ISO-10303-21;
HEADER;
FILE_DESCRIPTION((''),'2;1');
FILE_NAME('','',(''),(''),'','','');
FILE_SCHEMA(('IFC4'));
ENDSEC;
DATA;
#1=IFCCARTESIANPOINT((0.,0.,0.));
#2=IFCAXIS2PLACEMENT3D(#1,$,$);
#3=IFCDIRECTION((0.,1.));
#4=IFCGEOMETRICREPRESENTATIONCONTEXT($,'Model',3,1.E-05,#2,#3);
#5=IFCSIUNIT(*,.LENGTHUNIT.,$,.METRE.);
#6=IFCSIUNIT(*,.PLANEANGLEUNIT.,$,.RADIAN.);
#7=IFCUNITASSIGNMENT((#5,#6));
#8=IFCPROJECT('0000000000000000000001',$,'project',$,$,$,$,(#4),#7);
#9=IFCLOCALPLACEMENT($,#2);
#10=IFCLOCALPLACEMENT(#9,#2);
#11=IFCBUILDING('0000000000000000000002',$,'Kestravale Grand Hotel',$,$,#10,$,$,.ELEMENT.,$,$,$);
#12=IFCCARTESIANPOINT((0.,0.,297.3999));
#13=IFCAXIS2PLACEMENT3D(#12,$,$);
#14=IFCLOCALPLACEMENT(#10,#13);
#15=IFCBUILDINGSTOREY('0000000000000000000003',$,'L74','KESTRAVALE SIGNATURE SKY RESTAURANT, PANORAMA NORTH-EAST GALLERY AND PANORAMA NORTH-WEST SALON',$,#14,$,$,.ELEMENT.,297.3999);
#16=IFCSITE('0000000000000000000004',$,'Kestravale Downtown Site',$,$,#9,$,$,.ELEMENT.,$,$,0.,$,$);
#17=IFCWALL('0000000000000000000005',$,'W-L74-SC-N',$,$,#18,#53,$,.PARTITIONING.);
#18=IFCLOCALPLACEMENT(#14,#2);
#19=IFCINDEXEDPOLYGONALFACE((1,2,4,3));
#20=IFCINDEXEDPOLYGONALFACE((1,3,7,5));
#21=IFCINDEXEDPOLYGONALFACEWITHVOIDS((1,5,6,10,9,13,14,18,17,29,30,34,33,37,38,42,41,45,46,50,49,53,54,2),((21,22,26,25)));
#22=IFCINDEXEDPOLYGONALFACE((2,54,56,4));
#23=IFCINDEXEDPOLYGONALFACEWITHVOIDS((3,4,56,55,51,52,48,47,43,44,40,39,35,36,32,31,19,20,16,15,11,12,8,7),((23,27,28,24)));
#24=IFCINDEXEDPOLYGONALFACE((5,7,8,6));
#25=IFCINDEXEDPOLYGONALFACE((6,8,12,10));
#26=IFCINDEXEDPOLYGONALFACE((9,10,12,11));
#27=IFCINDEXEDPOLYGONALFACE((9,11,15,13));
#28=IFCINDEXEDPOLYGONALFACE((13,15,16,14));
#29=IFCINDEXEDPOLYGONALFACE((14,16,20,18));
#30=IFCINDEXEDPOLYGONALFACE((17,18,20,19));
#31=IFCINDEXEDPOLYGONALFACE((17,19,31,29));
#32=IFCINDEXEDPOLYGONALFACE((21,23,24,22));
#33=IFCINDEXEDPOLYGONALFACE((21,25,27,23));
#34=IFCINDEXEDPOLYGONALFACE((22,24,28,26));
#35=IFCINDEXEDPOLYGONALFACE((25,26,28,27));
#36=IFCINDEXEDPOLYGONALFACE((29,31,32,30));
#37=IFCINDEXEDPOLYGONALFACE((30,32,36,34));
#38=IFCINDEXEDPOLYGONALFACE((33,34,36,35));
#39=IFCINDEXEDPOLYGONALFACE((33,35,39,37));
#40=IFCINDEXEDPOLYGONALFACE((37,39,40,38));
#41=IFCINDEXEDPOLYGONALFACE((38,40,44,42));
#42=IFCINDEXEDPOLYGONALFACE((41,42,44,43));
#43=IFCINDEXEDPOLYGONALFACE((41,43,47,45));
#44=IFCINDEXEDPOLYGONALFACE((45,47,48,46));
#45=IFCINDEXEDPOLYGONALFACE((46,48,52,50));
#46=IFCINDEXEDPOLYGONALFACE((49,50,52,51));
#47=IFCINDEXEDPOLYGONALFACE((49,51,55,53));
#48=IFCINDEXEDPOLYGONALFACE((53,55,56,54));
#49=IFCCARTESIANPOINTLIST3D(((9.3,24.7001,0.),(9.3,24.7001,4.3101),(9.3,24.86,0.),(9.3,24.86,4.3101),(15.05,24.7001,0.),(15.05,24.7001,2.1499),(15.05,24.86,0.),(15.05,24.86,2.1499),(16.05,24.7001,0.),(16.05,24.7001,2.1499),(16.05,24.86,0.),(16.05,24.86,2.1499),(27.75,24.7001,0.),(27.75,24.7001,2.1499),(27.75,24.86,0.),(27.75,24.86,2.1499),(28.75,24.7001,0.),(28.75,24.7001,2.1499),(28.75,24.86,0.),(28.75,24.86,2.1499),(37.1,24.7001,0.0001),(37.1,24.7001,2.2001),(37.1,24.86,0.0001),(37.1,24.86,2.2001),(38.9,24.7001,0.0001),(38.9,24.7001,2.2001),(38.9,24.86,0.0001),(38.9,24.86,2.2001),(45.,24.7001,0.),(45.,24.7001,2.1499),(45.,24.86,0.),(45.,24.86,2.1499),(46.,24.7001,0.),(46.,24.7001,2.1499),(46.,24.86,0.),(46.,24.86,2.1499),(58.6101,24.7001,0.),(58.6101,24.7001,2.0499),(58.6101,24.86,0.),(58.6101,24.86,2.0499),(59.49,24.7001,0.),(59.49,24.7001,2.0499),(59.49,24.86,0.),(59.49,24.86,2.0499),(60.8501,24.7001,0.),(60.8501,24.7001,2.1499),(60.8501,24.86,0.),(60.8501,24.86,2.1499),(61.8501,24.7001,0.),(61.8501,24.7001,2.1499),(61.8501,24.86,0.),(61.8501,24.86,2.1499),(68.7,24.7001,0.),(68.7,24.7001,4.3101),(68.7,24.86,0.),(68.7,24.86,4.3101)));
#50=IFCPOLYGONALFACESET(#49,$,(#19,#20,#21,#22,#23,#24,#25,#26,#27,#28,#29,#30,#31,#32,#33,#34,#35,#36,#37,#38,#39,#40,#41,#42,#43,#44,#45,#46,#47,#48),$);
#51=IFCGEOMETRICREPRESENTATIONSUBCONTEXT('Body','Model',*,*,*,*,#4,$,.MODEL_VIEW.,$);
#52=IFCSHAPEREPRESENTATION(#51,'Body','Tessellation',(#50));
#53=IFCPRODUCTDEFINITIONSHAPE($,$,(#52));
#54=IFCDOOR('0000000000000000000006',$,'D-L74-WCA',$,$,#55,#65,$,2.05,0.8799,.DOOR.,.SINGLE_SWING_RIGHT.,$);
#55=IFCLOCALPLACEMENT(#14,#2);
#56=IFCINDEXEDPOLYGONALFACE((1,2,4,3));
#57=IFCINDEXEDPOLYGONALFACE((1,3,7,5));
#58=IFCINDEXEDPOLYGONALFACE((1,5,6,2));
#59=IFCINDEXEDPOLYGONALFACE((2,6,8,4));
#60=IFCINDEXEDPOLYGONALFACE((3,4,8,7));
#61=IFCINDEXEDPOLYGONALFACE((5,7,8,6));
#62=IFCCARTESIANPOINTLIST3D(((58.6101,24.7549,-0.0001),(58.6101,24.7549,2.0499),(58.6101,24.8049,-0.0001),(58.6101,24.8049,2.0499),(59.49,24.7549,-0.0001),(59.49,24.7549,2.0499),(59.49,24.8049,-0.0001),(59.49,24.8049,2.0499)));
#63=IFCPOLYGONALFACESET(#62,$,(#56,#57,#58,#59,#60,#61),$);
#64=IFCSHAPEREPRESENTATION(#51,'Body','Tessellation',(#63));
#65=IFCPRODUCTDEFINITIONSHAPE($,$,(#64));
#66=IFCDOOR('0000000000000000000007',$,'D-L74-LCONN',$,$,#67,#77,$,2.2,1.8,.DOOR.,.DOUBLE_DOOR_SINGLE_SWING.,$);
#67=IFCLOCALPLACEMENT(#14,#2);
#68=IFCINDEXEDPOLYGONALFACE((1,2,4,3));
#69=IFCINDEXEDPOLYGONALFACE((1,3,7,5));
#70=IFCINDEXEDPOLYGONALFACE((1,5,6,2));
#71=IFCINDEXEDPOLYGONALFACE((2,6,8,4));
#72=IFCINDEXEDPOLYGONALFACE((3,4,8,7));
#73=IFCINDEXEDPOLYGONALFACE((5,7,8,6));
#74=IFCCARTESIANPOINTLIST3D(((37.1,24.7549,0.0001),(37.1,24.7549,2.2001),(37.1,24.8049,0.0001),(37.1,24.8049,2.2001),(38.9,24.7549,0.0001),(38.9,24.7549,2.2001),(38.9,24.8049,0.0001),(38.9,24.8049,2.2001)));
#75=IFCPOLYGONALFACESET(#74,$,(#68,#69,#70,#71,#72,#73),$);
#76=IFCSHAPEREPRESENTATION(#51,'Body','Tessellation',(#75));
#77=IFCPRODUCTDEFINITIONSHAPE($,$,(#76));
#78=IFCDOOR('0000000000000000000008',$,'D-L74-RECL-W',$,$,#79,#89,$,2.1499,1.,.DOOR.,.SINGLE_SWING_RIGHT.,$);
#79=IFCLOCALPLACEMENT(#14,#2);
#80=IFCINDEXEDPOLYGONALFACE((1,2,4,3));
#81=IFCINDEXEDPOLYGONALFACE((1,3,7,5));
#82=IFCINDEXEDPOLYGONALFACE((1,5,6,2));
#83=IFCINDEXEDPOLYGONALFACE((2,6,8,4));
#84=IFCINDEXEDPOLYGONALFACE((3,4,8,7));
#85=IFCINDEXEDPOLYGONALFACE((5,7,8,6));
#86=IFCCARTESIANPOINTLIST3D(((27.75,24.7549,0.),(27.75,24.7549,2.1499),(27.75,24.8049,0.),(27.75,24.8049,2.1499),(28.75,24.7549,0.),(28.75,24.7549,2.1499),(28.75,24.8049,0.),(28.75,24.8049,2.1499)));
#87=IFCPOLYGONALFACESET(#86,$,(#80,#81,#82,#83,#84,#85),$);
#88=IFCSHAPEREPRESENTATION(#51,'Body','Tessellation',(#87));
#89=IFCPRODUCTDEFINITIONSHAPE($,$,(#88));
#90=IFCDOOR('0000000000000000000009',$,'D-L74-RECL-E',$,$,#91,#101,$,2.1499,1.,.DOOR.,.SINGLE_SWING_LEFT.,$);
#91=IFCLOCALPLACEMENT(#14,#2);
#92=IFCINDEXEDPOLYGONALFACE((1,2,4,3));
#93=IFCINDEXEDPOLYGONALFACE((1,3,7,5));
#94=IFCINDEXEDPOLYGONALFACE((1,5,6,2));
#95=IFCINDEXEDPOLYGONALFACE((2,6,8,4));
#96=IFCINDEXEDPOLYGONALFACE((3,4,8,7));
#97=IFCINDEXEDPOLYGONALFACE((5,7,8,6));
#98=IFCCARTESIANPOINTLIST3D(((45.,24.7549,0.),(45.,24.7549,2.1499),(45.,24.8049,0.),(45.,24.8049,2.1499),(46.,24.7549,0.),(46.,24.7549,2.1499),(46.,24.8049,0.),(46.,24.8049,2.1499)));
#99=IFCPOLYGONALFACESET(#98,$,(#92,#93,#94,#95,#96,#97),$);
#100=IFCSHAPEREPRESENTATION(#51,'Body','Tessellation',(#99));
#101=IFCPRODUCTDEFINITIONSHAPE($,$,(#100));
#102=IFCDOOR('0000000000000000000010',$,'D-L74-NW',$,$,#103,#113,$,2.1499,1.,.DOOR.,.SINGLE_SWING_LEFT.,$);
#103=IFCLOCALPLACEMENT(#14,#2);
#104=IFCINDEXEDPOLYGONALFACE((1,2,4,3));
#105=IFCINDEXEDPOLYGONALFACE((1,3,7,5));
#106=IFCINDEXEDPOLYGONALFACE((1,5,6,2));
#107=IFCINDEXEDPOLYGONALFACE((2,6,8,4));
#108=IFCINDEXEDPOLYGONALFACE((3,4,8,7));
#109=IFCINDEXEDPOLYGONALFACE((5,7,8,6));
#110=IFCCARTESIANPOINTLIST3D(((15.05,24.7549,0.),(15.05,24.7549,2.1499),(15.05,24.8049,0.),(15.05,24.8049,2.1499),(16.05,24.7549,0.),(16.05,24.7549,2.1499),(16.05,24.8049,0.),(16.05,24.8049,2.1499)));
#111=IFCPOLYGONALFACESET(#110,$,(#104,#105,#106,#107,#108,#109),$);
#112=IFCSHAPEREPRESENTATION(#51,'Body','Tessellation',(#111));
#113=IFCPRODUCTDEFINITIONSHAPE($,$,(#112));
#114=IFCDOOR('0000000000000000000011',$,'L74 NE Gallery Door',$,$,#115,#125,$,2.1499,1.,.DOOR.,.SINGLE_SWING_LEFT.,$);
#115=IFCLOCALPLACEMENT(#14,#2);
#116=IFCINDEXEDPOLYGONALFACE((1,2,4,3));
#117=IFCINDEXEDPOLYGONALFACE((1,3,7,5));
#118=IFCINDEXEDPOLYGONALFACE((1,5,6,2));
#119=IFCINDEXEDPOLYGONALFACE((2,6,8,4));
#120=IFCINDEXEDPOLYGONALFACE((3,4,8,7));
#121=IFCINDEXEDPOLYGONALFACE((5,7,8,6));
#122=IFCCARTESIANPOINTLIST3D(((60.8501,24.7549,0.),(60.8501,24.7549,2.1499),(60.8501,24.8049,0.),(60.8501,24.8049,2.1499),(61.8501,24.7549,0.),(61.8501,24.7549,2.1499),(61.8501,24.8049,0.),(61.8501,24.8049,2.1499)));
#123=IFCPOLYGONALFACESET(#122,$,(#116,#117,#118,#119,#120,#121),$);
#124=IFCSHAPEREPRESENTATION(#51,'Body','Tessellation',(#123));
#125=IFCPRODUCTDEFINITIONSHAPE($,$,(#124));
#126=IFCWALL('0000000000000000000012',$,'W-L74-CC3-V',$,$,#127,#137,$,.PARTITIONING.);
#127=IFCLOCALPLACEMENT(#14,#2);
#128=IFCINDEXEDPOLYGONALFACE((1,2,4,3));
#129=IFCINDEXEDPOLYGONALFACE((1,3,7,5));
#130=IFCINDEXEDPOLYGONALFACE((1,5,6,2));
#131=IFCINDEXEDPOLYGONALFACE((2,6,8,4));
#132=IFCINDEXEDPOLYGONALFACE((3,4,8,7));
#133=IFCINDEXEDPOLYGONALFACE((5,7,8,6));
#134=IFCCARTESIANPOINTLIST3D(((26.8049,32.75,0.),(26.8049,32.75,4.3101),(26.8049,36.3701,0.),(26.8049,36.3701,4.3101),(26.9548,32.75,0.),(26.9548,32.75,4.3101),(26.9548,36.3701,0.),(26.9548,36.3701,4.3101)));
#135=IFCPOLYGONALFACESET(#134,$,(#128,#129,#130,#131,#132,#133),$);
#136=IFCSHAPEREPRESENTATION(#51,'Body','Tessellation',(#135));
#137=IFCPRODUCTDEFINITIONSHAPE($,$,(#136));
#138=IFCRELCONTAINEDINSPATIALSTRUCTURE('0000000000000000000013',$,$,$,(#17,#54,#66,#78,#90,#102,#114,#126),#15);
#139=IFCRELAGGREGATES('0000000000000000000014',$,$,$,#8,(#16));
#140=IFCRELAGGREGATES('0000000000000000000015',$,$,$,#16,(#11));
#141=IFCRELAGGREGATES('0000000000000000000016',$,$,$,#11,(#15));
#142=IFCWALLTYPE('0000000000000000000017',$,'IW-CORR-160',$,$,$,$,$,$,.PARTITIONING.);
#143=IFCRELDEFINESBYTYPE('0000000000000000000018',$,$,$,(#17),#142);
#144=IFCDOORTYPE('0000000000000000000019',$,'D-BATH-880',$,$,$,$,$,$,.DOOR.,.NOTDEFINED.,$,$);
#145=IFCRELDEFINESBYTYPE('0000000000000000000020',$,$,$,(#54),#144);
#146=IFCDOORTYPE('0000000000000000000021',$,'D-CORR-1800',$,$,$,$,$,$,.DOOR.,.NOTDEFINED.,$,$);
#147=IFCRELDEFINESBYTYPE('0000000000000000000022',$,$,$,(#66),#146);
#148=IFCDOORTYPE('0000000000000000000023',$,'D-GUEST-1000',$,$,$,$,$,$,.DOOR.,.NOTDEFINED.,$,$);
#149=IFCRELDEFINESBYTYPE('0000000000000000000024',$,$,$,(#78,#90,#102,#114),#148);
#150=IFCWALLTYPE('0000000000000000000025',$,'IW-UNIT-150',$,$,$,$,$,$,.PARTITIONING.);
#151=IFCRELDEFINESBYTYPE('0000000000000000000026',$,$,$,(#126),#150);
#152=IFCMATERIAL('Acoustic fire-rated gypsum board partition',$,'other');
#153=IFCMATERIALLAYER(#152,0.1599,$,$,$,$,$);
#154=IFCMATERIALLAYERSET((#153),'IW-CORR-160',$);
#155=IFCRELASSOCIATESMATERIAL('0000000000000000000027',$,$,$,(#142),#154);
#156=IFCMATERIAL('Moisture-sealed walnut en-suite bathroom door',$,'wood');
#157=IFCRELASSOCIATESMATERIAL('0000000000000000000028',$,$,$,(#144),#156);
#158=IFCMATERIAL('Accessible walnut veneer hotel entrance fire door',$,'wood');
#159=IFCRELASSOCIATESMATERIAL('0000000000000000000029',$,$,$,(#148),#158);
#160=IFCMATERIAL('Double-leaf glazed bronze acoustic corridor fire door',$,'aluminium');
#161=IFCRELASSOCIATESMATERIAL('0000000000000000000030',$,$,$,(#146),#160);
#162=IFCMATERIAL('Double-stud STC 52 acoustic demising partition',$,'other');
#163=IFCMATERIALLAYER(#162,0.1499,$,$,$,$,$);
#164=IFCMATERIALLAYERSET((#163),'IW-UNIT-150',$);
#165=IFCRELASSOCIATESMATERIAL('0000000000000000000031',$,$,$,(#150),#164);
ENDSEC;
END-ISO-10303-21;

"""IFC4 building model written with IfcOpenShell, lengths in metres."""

from ifc_helpers import new_model, si_unit, direction, frame, frame_2d, origin, place, context, subcontext, project, spatial, rectangle, extrude, material, layer, layer_set, type_object, element, fill, save


model = new_model("IFC4")

# Units and contexts
model_context = context("Model", 3, precision=1e-05, world=origin(), true_north=direction((0.0, 1.0)))
body_context = subcontext(model_context, "Body", "Model", "MODEL_VIEW")
ifc_project = project(units=[si_unit("LENGTHUNIT", "METRE"), si_unit("PLANEANGLEUNIT", "RADIAN")], contexts=[model_context])

# Site, building, storey
site_placement = place(None, origin())
site = spatial("IfcSite", under=ifc_project, at=site_placement, Name="Kestravale Downtown Site", CompositionType="ELEMENT", RefElevation=0.0)
building_placement = place(site_placement, origin())
building = spatial("IfcBuilding", under=site, at=building_placement, Name="Kestravale Grand Hotel", CompositionType="ELEMENT")
storey_placement = place(building_placement, frame((0.0, 0.0, 297.3999)))
storey = spatial("IfcBuildingStorey", under=building, at=storey_placement, Name="L74", Description="KESTRAVALE SIGNATURE SKY RESTAURANT, PANORAMA NORTH-EAST GALLERY AND PANORAMA NORTH-WEST SALON", CompositionType="ELEMENT", Elevation=297.3999)

# Shared definitions
ifc_material_1 = material(Name="Acoustic fire-rated gypsum board partition", Category="other")
ifc_layer_1 = layer(ifc_material_1, 0.1599)
ifc_layer_set_1 = layer_set([ifc_layer_1], Name="IW-CORR-160")
wall_type_1 = type_object("IfcWallType", Name="IW-CORR-160", PredefinedType="PARTITIONING", material=ifc_layer_set_1)
ifc_material_2 = material(Name="Moisture-sealed walnut en-suite bathroom door", Category="wood")
door_type_1 = type_object("IfcDoorType", Name="D-BATH-880", OperationType="NOTDEFINED", PredefinedType="DOOR", material=ifc_material_2)

# Wall, openings, doors
ifc_material_3 = material(Name="Accessible walnut veneer hotel entrance fire door", Category="wood")
door_type_2 = type_object("IfcDoorType", Name="D-GUEST-1000", OperationType="NOTDEFINED", PredefinedType="DOOR", material=ifc_material_3)
wall_1_placement = place(storey_placement, frame((9.3, 24.78, 0.0), z_axis=(0.0, 0.0, 1.0), x_axis=(1.0, 0.0, 0.0)))
wall_1 = element("IfcWall", 1, at=wall_1_placement, inside=storey, type_object=wall_type_1, Name="W-L74-SC-N", PredefinedType="PARTITIONING", context=body_context, shape_type="SweptSolid", body=[
    extrude(rectangle(XDim=59.3999, YDim=0.1599, at=frame_2d((29.7, 0.0))), origin(), (0.0, 0.0, 1.0), 4.3101),
])
opening_1_placement = place(wall_1_placement, frame((27.8, 0.0, 0.0)))
opening_1 = element("IfcOpeningElement", 2, at=opening_1_placement, cuts=wall_1, PredefinedType="OPENING", context=body_context, shape_type="SweptSolid", body=[
    extrude(rectangle(XDim=1.8, YDim=2.2, at=frame_2d((0.8999, 1.1001))), frame((0.0, 0.0898, 0.0), z_axis=(0.0, -1.0, 0.0), x_axis=(1.0, 0.0, 0.0)), (0.0, 0.0, 1.0), 0.1799),
])
opening_2_placement = place(wall_1_placement, frame((18.45, 0.0, 0.0)))
opening_2 = element("IfcOpeningElement", 3, at=opening_2_placement, cuts=wall_1, PredefinedType="OPENING", context=body_context, shape_type="SweptSolid", body=[
    extrude(rectangle(XDim=1.0, YDim=2.1499, at=frame_2d((0.5, 1.075))), frame((0.0, 0.0898, 0.0), z_axis=(0.0, -1.0, 0.0), x_axis=(1.0, 0.0, 0.0)), (0.0, 0.0, 1.0), 0.1799),
])
opening_3_placement = place(wall_1_placement, frame((35.7, 0.0, 0.0)))
opening_3 = element("IfcOpeningElement", 4, at=opening_3_placement, cuts=wall_1, PredefinedType="OPENING", context=body_context, shape_type="SweptSolid", body=[
    extrude(rectangle(XDim=1.0, YDim=2.1499, at=frame_2d((0.5, 1.075))), frame((0.0, 0.0898, 0.0), z_axis=(0.0, -1.0, 0.0), x_axis=(1.0, 0.0, 0.0)), (0.0, 0.0, 1.0), 0.1799),
])
opening_4_placement = place(wall_1_placement, frame((5.75, 0.0, 0.0)))
opening_4 = element("IfcOpeningElement", 5, at=opening_4_placement, cuts=wall_1, PredefinedType="OPENING", context=body_context, shape_type="SweptSolid", body=[
    extrude(rectangle(XDim=1.0, YDim=2.1499, at=frame_2d((0.5, 1.075))), frame((0.0, 0.0898, 0.0), z_axis=(0.0, -1.0, 0.0), x_axis=(1.0, 0.0, 0.0)), (0.0, 0.0, 1.0), 0.1799),
])
opening_5_placement = place(wall_1_placement, frame((49.3101, 0.0, 0.0)))
opening_5 = element("IfcOpeningElement", 6, at=opening_5_placement, cuts=wall_1, PredefinedType="OPENING", context=body_context, shape_type="SweptSolid", body=[
    extrude(rectangle(XDim=0.8799, YDim=2.05, at=frame_2d((0.4399, 1.0249))), frame((0.0, 0.0898, 0.0), z_axis=(0.0, -1.0, 0.0), x_axis=(1.0, 0.0, 0.0)), (0.0, 0.0, 1.0), 0.1799),
])
opening_6_placement = place(wall_1_placement, frame((51.55, 0.0, 0.0)))
opening_6 = element("IfcOpeningElement", 7, at=opening_6_placement, cuts=wall_1, PredefinedType="OPENING", context=body_context, shape_type="SweptSolid", body=[
    extrude(rectangle(XDim=1.0, YDim=2.1499, at=frame_2d((0.5, 1.075))), frame((0.0, 0.0898, 0.0), z_axis=(0.0, -1.0, 0.0), x_axis=(1.0, 0.0, 0.0)), (0.0, 0.0, 1.0), 0.1799),
])
door_1_placement = place(opening_5_placement, origin())
door_1 = element("IfcDoor", 8, at=door_1_placement, inside=storey, type_object=door_type_1, Name="D-L74-WCA", OperationType="SINGLE_SWING_RIGHT", OverallHeight=2.05, OverallWidth=0.8799, PredefinedType="DOOR", context=body_context, shape_type="SweptSolid", body=[
    extrude(rectangle(XDim=0.8799, YDim=2.05, at=frame_2d((0.4399, 1.0249))), frame((0.0, 0.0249, 0.0), z_axis=(0.0, -1.0, 0.0), x_axis=(1.0, 0.0, 0.0)), (0.0, 0.0, 1.0), 0.05),
])
fill(opening_5, door_1)
ifc_material_4 = material(Name="Double-leaf glazed bronze acoustic corridor fire door", Category="aluminium")
door_type_3 = type_object("IfcDoorType", Name="D-CORR-1800", OperationType="NOTDEFINED", PredefinedType="DOOR", material=ifc_material_4)
door_2_placement = place(opening_1_placement, origin())
door_2 = element("IfcDoor", 9, at=door_2_placement, inside=storey, type_object=door_type_3, Name="D-L74-LCONN", OperationType="DOUBLE_DOOR_SINGLE_SWING", OverallHeight=2.2, OverallWidth=1.8, PredefinedType="DOOR", context=body_context, shape_type="SweptSolid", body=[
    extrude(rectangle(XDim=1.8, YDim=2.2, at=frame_2d((0.8999, 1.1001))), frame((0.0, 0.0249, 0.0), z_axis=(0.0, -1.0, 0.0), x_axis=(1.0, 0.0, 0.0)), (0.0, 0.0, 1.0), 0.05),
])
fill(opening_1, door_2)
door_3_placement = place(opening_2_placement, origin())
door_3 = element("IfcDoor", 10, at=door_3_placement, inside=storey, type_object=door_type_2, Name="D-L74-RECL-W", OperationType="SINGLE_SWING_RIGHT", OverallHeight=2.1499, OverallWidth=1.0, PredefinedType="DOOR", context=body_context, shape_type="SweptSolid", body=[
    extrude(rectangle(XDim=1.0, YDim=2.1499, at=frame_2d((0.5, 1.075))), frame((0.0, 0.0249, 0.0), z_axis=(0.0, -1.0, 0.0), x_axis=(1.0, 0.0, 0.0)), (0.0, 0.0, 1.0), 0.05),
])
fill(opening_2, door_3)
door_4_placement = place(opening_3_placement, origin())
door_4 = element("IfcDoor", 11, at=door_4_placement, inside=storey, type_object=door_type_2, Name="D-L74-RECL-E", OperationType="SINGLE_SWING_LEFT", OverallHeight=2.1499, OverallWidth=1.0, PredefinedType="DOOR", context=body_context, shape_type="SweptSolid", body=[
    extrude(rectangle(XDim=1.0, YDim=2.1499, at=frame_2d((0.5, 1.075))), frame((0.0, 0.0249, 0.0), z_axis=(0.0, -1.0, 0.0), x_axis=(1.0, 0.0, 0.0)), (0.0, 0.0, 1.0), 0.05),
])
fill(opening_3, door_4)
door_5_placement = place(opening_4_placement, origin())
door_5 = element("IfcDoor", 12, at=door_5_placement, inside=storey, type_object=door_type_2, Name="D-L74-NW", OperationType="SINGLE_SWING_LEFT", OverallHeight=2.1499, OverallWidth=1.0, PredefinedType="DOOR", context=body_context, shape_type="SweptSolid", body=[
    extrude(rectangle(XDim=1.0, YDim=2.1499, at=frame_2d((0.5, 1.075))), frame((0.0, 0.0249, 0.0), z_axis=(0.0, -1.0, 0.0), x_axis=(1.0, 0.0, 0.0)), (0.0, 0.0, 1.0), 0.05),
])
fill(opening_4, door_5)
door_6_placement = place(opening_6_placement, origin())
door_6 = element("IfcDoor", 13, at=door_6_placement, inside=storey, type_object=door_type_2, Name="L74 NE Gallery Door", OperationType="SINGLE_SWING_LEFT", OverallHeight=2.1499, OverallWidth=1.0, PredefinedType="DOOR", context=body_context, shape_type="SweptSolid", body=[
    extrude(rectangle(XDim=1.0, YDim=2.1499, at=frame_2d((0.5, 1.075))), frame((0.0, 0.0249, 0.0), z_axis=(0.0, -1.0, 0.0), x_axis=(1.0, 0.0, 0.0)), (0.0, 0.0, 1.0), 0.05),
])
fill(opening_6, door_6)

# Wall
ifc_material_5 = material(Name="Double-stud STC 52 acoustic demising partition", Category="other")
ifc_layer_2 = layer(ifc_material_5, 0.1499)
ifc_layer_set_2 = layer_set([ifc_layer_2], Name="IW-UNIT-150")
wall_type_2 = type_object("IfcWallType", Name="IW-UNIT-150", PredefinedType="PARTITIONING", material=ifc_layer_set_2)
wall_2_placement = place(storey_placement, frame((26.8799, 32.75, 0.0), z_axis=(0.0, 0.0, 1.0), x_axis=(0.0, 1.0, 0.0)))
element("IfcWall", 14, at=wall_2_placement, inside=storey, type_object=wall_type_2, Name="W-L74-CC3-V", PredefinedType="PARTITIONING", context=body_context, shape_type="SweptSolid", body=[
    extrude(rectangle(XDim=3.6201, YDim=0.1499, at=frame_2d((1.8101, 0.0))), origin(), (0.0, 0.0, 1.0), 4.3101),
])

save(model, "model.ifc")
